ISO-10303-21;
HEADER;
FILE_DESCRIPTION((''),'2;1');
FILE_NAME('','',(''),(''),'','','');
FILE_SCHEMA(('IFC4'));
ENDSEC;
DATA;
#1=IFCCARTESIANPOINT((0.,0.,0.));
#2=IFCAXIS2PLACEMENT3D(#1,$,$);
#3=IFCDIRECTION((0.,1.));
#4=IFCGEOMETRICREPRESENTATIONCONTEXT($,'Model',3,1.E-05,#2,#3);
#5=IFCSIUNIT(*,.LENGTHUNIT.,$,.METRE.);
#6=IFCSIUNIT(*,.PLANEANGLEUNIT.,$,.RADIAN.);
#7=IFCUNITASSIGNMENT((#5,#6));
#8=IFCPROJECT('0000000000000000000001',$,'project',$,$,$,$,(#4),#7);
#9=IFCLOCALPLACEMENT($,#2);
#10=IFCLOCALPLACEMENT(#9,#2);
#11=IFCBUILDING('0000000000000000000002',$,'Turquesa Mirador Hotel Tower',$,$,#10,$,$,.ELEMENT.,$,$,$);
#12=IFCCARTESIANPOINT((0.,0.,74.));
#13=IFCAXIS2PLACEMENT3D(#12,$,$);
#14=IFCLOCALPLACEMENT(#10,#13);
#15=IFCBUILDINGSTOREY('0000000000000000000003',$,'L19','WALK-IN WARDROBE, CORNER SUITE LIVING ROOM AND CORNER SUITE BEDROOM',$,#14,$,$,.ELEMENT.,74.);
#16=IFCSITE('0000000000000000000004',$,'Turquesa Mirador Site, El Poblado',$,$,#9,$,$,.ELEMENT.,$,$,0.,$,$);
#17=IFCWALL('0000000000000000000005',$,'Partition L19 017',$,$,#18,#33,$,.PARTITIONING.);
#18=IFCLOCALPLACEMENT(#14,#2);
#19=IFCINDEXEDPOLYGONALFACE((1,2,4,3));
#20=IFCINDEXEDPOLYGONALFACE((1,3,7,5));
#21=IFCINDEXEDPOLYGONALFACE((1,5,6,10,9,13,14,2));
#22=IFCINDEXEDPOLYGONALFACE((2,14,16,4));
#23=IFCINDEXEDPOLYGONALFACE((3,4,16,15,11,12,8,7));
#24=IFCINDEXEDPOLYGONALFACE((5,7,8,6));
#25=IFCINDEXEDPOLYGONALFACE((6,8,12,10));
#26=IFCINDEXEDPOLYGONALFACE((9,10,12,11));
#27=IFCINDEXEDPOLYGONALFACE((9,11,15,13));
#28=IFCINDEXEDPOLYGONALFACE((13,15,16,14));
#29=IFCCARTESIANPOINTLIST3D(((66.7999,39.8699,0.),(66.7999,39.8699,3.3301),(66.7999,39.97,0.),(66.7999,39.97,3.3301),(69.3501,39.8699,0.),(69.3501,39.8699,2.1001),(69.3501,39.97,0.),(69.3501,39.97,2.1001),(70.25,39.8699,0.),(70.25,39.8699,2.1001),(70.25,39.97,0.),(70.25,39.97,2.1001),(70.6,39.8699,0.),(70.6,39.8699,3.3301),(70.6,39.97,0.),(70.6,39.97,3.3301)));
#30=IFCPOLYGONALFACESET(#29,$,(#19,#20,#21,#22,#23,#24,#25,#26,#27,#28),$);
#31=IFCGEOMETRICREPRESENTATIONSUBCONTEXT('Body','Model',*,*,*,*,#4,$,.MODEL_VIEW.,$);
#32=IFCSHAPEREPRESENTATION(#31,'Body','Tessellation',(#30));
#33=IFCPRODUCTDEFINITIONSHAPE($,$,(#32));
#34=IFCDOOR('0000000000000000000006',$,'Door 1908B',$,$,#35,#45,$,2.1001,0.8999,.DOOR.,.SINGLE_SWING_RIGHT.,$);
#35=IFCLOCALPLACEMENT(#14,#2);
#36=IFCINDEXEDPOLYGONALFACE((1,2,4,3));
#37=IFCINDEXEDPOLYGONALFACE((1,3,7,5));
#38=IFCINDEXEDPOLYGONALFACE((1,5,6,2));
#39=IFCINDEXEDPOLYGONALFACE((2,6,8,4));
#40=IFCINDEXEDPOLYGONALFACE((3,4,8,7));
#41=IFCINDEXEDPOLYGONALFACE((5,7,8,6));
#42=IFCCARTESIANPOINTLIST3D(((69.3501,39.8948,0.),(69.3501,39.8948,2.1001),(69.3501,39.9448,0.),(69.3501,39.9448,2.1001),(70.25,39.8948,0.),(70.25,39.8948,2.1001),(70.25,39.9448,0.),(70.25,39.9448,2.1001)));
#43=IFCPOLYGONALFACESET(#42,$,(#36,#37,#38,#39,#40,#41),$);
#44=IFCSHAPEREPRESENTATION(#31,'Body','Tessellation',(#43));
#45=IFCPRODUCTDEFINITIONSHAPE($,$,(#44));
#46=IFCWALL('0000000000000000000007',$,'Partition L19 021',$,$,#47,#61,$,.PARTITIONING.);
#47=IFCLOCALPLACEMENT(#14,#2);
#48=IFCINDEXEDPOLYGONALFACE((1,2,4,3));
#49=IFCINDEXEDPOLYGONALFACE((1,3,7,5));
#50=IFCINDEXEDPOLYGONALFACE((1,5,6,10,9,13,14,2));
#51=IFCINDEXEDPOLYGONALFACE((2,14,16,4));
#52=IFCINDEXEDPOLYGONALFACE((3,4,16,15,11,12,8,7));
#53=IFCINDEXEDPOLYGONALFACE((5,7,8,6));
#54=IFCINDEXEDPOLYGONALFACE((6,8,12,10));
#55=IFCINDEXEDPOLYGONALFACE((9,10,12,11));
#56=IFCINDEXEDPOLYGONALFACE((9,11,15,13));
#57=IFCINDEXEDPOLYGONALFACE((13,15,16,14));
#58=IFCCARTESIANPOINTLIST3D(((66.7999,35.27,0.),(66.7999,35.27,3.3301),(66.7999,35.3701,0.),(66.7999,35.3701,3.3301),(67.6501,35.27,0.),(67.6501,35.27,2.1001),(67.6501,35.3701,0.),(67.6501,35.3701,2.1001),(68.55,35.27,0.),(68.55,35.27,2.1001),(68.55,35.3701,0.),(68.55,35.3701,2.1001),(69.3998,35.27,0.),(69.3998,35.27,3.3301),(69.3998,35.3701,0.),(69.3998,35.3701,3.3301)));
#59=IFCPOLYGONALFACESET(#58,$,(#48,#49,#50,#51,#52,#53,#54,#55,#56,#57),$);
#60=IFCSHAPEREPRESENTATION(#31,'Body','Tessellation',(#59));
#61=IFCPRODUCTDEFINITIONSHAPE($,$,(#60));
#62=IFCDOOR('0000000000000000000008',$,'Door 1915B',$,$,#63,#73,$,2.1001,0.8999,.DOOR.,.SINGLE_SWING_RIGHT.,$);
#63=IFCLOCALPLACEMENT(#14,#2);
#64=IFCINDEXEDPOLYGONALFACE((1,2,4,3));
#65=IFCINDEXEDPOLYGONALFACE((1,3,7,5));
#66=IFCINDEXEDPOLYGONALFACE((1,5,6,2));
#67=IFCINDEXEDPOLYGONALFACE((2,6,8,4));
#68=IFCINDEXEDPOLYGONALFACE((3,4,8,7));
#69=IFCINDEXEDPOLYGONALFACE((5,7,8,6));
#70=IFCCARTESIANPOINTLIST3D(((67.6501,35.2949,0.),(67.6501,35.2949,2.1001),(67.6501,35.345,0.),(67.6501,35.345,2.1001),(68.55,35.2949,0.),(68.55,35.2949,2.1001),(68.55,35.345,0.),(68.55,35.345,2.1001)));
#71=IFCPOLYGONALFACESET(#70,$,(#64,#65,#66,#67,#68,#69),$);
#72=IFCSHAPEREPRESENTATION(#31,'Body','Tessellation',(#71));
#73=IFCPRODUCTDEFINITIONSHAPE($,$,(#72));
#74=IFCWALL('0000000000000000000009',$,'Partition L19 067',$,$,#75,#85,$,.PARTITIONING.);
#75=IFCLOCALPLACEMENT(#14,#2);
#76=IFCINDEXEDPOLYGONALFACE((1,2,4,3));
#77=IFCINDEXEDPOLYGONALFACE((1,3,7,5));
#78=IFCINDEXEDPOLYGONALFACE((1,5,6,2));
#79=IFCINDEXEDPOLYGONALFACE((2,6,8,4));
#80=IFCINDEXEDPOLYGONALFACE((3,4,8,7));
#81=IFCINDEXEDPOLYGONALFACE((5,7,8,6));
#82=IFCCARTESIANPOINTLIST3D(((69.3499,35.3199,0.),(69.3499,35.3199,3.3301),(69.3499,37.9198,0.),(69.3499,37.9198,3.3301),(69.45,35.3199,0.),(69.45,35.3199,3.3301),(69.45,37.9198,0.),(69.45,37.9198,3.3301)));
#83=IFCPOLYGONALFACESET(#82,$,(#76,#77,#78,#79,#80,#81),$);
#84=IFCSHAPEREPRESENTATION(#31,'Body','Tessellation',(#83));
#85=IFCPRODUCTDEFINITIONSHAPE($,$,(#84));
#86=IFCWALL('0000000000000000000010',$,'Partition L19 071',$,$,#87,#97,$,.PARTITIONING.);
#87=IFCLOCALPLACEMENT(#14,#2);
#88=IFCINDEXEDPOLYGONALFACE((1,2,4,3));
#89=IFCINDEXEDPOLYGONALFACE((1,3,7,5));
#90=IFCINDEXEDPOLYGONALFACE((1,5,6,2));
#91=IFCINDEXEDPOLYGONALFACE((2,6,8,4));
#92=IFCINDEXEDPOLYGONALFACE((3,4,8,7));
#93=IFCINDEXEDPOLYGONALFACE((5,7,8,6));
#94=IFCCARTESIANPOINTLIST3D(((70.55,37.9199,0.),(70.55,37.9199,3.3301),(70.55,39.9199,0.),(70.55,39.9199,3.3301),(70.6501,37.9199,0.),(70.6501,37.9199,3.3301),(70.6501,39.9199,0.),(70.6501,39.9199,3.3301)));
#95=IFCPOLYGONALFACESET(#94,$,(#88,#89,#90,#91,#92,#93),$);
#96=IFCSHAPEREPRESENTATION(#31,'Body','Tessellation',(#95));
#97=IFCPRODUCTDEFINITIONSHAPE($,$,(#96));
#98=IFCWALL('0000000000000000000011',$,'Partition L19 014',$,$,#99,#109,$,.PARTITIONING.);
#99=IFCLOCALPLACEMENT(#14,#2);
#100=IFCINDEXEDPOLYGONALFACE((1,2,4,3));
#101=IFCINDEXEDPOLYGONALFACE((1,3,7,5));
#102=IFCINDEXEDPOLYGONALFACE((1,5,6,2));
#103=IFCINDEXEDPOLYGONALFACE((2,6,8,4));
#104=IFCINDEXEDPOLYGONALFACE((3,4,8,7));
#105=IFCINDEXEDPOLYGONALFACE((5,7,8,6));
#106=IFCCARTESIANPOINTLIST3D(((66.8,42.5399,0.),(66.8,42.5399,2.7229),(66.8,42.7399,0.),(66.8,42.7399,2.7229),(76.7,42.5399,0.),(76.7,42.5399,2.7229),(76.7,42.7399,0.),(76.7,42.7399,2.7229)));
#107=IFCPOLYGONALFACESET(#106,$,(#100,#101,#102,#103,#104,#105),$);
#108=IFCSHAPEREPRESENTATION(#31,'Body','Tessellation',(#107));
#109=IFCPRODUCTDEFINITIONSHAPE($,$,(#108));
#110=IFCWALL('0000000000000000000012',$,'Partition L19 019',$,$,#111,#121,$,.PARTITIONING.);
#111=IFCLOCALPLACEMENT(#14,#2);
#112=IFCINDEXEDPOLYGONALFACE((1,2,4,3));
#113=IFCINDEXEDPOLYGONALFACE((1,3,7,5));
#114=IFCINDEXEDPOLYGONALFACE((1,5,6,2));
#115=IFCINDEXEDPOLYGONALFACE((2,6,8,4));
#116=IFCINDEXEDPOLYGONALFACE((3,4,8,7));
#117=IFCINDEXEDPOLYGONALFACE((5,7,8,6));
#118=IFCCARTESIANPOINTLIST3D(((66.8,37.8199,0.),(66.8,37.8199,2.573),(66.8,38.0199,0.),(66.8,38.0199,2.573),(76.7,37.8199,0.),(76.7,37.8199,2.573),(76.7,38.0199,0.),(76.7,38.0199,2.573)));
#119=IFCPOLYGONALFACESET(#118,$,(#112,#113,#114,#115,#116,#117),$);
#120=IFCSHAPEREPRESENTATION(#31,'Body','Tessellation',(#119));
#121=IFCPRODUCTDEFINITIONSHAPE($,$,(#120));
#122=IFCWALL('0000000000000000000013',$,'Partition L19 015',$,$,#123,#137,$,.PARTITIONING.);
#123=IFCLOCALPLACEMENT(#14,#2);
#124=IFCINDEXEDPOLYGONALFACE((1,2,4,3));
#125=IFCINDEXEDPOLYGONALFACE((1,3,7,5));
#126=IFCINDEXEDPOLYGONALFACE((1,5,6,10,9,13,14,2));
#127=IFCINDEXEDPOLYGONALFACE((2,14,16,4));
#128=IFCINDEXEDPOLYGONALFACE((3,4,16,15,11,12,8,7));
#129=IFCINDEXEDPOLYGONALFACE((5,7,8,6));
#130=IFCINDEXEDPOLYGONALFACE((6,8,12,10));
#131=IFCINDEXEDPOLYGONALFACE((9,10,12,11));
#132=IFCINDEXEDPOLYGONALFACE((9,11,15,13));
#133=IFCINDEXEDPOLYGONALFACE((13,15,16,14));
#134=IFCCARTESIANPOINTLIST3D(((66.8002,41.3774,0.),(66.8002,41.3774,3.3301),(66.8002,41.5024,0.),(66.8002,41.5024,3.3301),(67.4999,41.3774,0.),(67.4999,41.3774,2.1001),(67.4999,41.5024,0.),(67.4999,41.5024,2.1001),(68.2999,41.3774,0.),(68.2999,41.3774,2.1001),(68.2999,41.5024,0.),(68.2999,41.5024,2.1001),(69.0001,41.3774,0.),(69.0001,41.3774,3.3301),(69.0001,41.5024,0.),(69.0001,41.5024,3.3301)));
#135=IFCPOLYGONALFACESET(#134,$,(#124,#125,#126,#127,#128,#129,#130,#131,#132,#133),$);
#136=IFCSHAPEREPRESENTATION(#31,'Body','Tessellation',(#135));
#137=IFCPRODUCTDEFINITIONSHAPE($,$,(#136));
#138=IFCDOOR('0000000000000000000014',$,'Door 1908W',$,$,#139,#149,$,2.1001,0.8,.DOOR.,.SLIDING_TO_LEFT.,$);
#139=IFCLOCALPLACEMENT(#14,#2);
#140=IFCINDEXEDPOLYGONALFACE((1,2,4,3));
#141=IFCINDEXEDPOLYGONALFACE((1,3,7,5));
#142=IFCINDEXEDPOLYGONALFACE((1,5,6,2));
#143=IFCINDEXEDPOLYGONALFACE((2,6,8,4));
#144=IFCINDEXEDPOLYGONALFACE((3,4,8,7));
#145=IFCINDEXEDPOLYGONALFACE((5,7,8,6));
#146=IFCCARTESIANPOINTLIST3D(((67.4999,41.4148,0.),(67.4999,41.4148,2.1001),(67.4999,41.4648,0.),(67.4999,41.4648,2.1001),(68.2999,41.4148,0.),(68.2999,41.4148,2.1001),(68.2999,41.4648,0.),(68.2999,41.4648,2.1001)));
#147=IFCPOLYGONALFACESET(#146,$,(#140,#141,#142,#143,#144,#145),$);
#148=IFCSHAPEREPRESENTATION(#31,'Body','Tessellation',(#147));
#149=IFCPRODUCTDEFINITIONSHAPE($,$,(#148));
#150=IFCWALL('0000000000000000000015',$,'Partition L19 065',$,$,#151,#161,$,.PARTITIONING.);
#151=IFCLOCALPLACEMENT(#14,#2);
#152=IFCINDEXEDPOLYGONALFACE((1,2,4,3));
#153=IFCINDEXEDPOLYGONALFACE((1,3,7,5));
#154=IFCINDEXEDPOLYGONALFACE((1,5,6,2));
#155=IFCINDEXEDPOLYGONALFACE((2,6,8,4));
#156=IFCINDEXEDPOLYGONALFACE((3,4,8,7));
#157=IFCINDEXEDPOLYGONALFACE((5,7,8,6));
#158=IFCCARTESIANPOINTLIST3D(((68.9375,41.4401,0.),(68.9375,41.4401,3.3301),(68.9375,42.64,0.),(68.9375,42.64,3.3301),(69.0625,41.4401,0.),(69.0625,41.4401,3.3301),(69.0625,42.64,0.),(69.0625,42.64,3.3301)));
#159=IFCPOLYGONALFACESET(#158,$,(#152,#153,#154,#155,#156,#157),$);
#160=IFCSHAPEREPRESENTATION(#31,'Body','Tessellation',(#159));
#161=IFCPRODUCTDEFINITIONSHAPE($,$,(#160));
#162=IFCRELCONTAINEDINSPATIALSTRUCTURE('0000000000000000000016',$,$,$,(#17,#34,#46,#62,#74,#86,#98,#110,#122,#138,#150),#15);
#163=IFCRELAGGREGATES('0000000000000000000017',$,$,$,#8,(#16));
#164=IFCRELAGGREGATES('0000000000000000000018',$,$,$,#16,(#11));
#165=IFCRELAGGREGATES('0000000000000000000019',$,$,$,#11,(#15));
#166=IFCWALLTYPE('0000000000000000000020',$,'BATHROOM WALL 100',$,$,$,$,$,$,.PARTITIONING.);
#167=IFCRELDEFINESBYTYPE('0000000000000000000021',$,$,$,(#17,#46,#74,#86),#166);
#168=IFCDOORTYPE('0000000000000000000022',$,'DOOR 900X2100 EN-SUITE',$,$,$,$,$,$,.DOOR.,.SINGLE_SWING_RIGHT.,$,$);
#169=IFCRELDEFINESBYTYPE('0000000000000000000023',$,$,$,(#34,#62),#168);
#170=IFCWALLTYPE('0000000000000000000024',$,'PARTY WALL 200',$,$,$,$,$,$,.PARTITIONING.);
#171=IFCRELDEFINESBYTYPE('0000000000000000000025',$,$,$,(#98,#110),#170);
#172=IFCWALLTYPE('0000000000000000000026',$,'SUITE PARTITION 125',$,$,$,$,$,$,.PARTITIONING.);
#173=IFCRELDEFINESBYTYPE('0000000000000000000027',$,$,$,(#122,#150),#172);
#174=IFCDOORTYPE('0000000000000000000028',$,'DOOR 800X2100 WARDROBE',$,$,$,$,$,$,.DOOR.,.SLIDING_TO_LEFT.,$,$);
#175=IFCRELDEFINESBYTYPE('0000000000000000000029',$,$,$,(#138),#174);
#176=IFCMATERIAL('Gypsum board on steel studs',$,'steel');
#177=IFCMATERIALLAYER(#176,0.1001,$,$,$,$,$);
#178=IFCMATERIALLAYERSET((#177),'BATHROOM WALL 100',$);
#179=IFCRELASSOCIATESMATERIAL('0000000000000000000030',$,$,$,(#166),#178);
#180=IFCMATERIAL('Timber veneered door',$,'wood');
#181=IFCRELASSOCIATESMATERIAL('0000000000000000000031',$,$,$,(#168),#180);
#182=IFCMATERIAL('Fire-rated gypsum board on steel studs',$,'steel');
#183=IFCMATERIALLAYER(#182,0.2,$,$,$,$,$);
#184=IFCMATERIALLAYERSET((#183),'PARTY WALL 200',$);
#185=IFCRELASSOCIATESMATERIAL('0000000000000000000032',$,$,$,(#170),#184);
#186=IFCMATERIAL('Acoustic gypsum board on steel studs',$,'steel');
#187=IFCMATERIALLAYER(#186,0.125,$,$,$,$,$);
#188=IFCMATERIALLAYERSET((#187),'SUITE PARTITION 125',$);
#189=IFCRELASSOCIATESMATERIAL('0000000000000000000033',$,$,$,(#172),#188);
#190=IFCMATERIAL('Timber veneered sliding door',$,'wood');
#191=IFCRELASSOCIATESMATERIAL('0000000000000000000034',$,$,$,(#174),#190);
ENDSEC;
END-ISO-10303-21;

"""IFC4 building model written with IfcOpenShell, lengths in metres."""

from ifc_helpers import new_model, si_unit, direction, frame, frame_2d, origin, place, context, subcontext, project, spatial, rectangle, extrude, material, layer, layer_set, type_object, element, fill, save


model = new_model("IFC4")

# Units and contexts
model_context = context("Model", 3, precision=1e-05, world=origin(), true_north=direction((0.0, 1.0)))
body_context = subcontext(model_context, "Body", "Model", "MODEL_VIEW")
ifc_project = project(units=[si_unit("LENGTHUNIT", "METRE"), si_unit("PLANEANGLEUNIT", "RADIAN")], contexts=[model_context])

# Site, building, storey
site_placement = place(None, origin())
site = spatial("IfcSite", under=ifc_project, at=site_placement, Name="Turquesa Mirador Site, El Poblado", CompositionType="ELEMENT", RefElevation=0.0)
building_placement = place(site_placement, origin())
building = spatial("IfcBuilding", under=site, at=building_placement, Name="Turquesa Mirador Hotel Tower", CompositionType="ELEMENT")
storey_placement = place(building_placement, frame((0.0, 0.0, 74.0)))
storey = spatial("IfcBuildingStorey", under=building, at=storey_placement, Name="L19", Description="WALK-IN WARDROBE, CORNER SUITE LIVING ROOM AND CORNER SUITE BEDROOM", CompositionType="ELEMENT", Elevation=74.0)

# Walls, openings, doors
ifc_material_1 = material(Name="Gypsum board on steel studs", Category="steel")
ifc_layer_1 = layer(ifc_material_1, 0.1001)
ifc_layer_set_1 = layer_set([ifc_layer_1], Name="BATHROOM WALL 100")
wall_type_1 = type_object("IfcWallType", Name="BATHROOM WALL 100", PredefinedType="PARTITIONING", material=ifc_layer_set_1)
wall_1_placement = place(storey_placement, frame((66.8, 39.9199, 0.0), z_axis=(0.0, 0.0, 1.0), x_axis=(1.0, 0.0, 0.0)))
wall_1 = element("IfcWall", 1, at=wall_1_placement, inside=storey, type_object=wall_type_1, Name="Partition L19 017", PredefinedType="PARTITIONING", context=body_context, shape_type="SweptSolid", body=[
    extrude(rectangle(XDim=3.8, YDim=0.1001, at=frame_2d((1.8999, 0.0))), origin(), (0.0, 0.0, 1.0), 3.3301),
])
opening_1_placement = place(wall_1_placement, frame((2.55, 0.0, 0.0)))
opening_1 = element("IfcOpeningElement", 2, at=opening_1_placement, cuts=wall_1, PredefinedType="OPENING", context=body_context, shape_type="SweptSolid", body=[
    extrude(rectangle(XDim=0.8999, YDim=2.1001, at=frame_2d((0.45, 1.05))), frame((0.0, 0.0601, 0.0), z_axis=(0.0, -1.0, 0.0), x_axis=(1.0, 0.0, 0.0)), (0.0, 0.0, 1.0), 0.1201),
])
ifc_material_2 = material(Name="Timber veneered door", Category="wood")
door_type_1 = type_object("IfcDoorType", Name="DOOR 900X2100 EN-SUITE", OperationType="SINGLE_SWING_RIGHT", PredefinedType="DOOR", material=ifc_material_2)
door_1_placement = place(opening_1_placement, origin())
door_1 = element("IfcDoor", 3, at=door_1_placement, inside=storey, type_object=door_type_1, Name="Door 1908B", OperationType="SINGLE_SWING_RIGHT", OverallHeight=2.1001, OverallWidth=0.8999, PredefinedType="DOOR", context=body_context, shape_type="SweptSolid", body=[
    extrude(rectangle(XDim=0.8999, YDim=2.1001, at=frame_2d((0.45, 1.05))), frame((0.0, 0.0249, 0.0), z_axis=(0.0, -1.0, 0.0), x_axis=(1.0, 0.0, 0.0)), (0.0, 0.0, 1.0), 0.05),
])
fill(opening_1, door_1)
wall_2_placement = place(storey_placement, frame((66.8, 35.3201, 0.0), z_axis=(0.0, 0.0, 1.0), x_axis=(1.0, 0.0, 0.0)))
wall_2 = element("IfcWall", 4, at=wall_2_placement, inside=storey, type_object=wall_type_1, Name="Partition L19 021", PredefinedType="PARTITIONING", context=body_context, shape_type="SweptSolid", body=[
    extrude(rectangle(XDim=2.5999, YDim=0.1001, at=frame_2d((1.2998, 0.0))), origin(), (0.0, 0.0, 1.0), 3.3301),
])
opening_2_placement = place(wall_2_placement, frame((0.8501, 0.0, 0.0)))
opening_2 = element("IfcOpeningElement", 5, at=opening_2_placement, cuts=wall_2, PredefinedType="OPENING", context=body_context, shape_type="SweptSolid", body=[
    extrude(rectangle(XDim=0.8999, YDim=2.1001, at=frame_2d((0.45, 1.05))), frame((0.0, 0.0601, 0.0), z_axis=(0.0, -1.0, 0.0), x_axis=(1.0, 0.0, 0.0)), (0.0, 0.0, 1.0), 0.1201),
])
door_2_placement = place(opening_2_placement, origin())
door_2 = element("IfcDoor", 6, at=door_2_placement, inside=storey, type_object=door_type_1, Name="Door 1915B", OperationType="SINGLE_SWING_RIGHT", OverallHeight=2.1001, OverallWidth=0.8999, PredefinedType="DOOR", context=body_context, shape_type="SweptSolid", body=[
    extrude(rectangle(XDim=0.8999, YDim=2.1001, at=frame_2d((0.45, 1.05))), frame((0.0, 0.0249, 0.0), z_axis=(0.0, -1.0, 0.0), x_axis=(1.0, 0.0, 0.0)), (0.0, 0.0, 1.0), 0.05),
])
fill(opening_2, door_2)

# Walls
wall_3_placement = place(storey_placement, frame((69.3999, 35.3201, 0.0), z_axis=(0.0, 0.0, 1.0), x_axis=(0.0, 1.0, 0.0)))
element("IfcWall", 7, at=wall_3_placement, inside=storey, type_object=wall_type_1, Name="Partition L19 067", PredefinedType="PARTITIONING", context=body_context, shape_type="SweptSolid", body=[
    extrude(rectangle(XDim=2.5999, YDim=0.1001, at=frame_2d((1.2998, 0.0))), origin(), (0.0, 0.0, 1.0), 3.3301),
])
wall_4_placement = place(storey_placement, frame((70.6001, 37.9199, 0.0), z_axis=(0.0, 0.0, 1.0), x_axis=(0.0, 1.0, 0.0)))
element("IfcWall", 8, at=wall_4_placement, inside=storey, type_object=wall_type_1, Name="Partition L19 071", PredefinedType="PARTITIONING", context=body_context, shape_type="SweptSolid", body=[
    extrude(rectangle(XDim=2.0, YDim=0.1001, at=frame_2d((1.0, 0.0))), origin(), (0.0, 0.0, 1.0), 3.3301),
])
ifc_material_3 = material(Name="Fire-rated gypsum board on steel studs", Category="steel")
ifc_layer_2 = layer(ifc_material_3, 0.2)
ifc_layer_set_2 = layer_set([ifc_layer_2], Name="PARTY WALL 200")
wall_type_2 = type_object("IfcWallType", Name="PARTY WALL 200", PredefinedType="PARTITIONING", material=ifc_layer_set_2)
wall_5_placement = place(storey_placement, frame((66.8, 42.6399, 0.0), z_axis=(0.0, 0.0, 1.0), x_axis=(1.0, 0.0, 0.0)))
element("IfcWall", 9, at=wall_5_placement, inside=storey, type_object=wall_type_2, Name="Partition L19 014", PredefinedType="PARTITIONING", context=body_context, shape_type="SweptSolid", body=[
    extrude(rectangle(XDim=9.8999, YDim=0.2, at=frame_2d((4.95, 0.0))), origin(), (0.0, 0.0, 1.0), 2.7229),
])
wall_6_placement = place(storey_placement, frame((66.8, 37.9199, 0.0), z_axis=(0.0, 0.0, 1.0), x_axis=(1.0, 0.0, 0.0)))
element("IfcWall", 10, at=wall_6_placement, inside=storey, type_object=wall_type_2, Name="Partition L19 019", PredefinedType="PARTITIONING", context=body_context, shape_type="SweptSolid", body=[
    extrude(rectangle(XDim=9.8999, YDim=0.2, at=frame_2d((4.95, 0.0))), origin(), (0.0, 0.0, 1.0), 2.573),
])

# Wall, opening, door
ifc_material_4 = material(Name="Acoustic gypsum board on steel studs", Category="steel")
ifc_layer_3 = layer(ifc_material_4, 0.125)
ifc_layer_set_3 = layer_set([ifc_layer_3], Name="SUITE PARTITION 125")
wall_type_3 = type_object("IfcWallType", Name="SUITE PARTITION 125", PredefinedType="PARTITIONING", material=ifc_layer_set_3)
wall_7_placement = place(storey_placement, frame((66.8, 41.4399, 0.0), z_axis=(0.0, 0.0, 1.0), x_axis=(1.0, 0.0, 0.0)))
wall_7 = element("IfcWall", 11, at=wall_7_placement, inside=storey, type_object=wall_type_3, Name="Partition L19 015", PredefinedType="PARTITIONING", context=body_context, shape_type="SweptSolid", body=[
    extrude(rectangle(XDim=2.2, YDim=0.125, at=frame_2d((1.1001, 0.0))), origin(), (0.0, 0.0, 1.0), 3.3301),
])
opening_3_placement = place(wall_7_placement, frame((0.7, 0.0, 0.0)))
opening_3 = element("IfcOpeningElement", 12, at=opening_3_placement, cuts=wall_7, PredefinedType="OPENING", context=body_context, shape_type="SweptSolid", body=[
    extrude(rectangle(XDim=0.8, YDim=2.1001, at=frame_2d((0.3999, 1.05))), frame((0.0, 0.0725, 0.0), z_axis=(0.0, -1.0, 0.0), x_axis=(1.0, 0.0, 0.0)), (0.0, 0.0, 1.0), 0.145),
])
ifc_material_5 = material(Name="Timber veneered sliding door", Category="wood")
door_type_2 = type_object("IfcDoorType", Name="DOOR 800X2100 WARDROBE", OperationType="SLIDING_TO_LEFT", PredefinedType="DOOR", material=ifc_material_5)
door_3_placement = place(opening_3_placement, origin())
door_3 = element("IfcDoor", 13, at=door_3_placement, inside=storey, type_object=door_type_2, Name="Door 1908W", OperationType="SLIDING_TO_LEFT", OverallHeight=2.1001, OverallWidth=0.8, PredefinedType="DOOR", context=body_context, shape_type="SweptSolid", body=[
    extrude(rectangle(XDim=0.8, YDim=2.1001, at=frame_2d((0.3999, 1.05))), frame((0.0, 0.0249, 0.0), z_axis=(0.0, -1.0, 0.0), x_axis=(1.0, 0.0, 0.0)), (0.0, 0.0, 1.0), 0.05),
])
fill(opening_3, door_3)

# Wall
wall_8_placement = place(storey_placement, frame((69.0, 41.4399, 0.0), z_axis=(0.0, 0.0, 1.0), x_axis=(0.0, 1.0, 0.0)))
element("IfcWall", 14, at=wall_8_placement, inside=storey, type_object=wall_type_3, Name="Partition L19 065", PredefinedType="PARTITIONING", context=body_context, shape_type="SweptSolid", body=[
    extrude(rectangle(XDim=1.2, YDim=0.125, at=frame_2d((0.6001, 0.0))), origin(), (0.0, 0.0, 1.0), 3.3301),
])

save(model, "model.ifc")
